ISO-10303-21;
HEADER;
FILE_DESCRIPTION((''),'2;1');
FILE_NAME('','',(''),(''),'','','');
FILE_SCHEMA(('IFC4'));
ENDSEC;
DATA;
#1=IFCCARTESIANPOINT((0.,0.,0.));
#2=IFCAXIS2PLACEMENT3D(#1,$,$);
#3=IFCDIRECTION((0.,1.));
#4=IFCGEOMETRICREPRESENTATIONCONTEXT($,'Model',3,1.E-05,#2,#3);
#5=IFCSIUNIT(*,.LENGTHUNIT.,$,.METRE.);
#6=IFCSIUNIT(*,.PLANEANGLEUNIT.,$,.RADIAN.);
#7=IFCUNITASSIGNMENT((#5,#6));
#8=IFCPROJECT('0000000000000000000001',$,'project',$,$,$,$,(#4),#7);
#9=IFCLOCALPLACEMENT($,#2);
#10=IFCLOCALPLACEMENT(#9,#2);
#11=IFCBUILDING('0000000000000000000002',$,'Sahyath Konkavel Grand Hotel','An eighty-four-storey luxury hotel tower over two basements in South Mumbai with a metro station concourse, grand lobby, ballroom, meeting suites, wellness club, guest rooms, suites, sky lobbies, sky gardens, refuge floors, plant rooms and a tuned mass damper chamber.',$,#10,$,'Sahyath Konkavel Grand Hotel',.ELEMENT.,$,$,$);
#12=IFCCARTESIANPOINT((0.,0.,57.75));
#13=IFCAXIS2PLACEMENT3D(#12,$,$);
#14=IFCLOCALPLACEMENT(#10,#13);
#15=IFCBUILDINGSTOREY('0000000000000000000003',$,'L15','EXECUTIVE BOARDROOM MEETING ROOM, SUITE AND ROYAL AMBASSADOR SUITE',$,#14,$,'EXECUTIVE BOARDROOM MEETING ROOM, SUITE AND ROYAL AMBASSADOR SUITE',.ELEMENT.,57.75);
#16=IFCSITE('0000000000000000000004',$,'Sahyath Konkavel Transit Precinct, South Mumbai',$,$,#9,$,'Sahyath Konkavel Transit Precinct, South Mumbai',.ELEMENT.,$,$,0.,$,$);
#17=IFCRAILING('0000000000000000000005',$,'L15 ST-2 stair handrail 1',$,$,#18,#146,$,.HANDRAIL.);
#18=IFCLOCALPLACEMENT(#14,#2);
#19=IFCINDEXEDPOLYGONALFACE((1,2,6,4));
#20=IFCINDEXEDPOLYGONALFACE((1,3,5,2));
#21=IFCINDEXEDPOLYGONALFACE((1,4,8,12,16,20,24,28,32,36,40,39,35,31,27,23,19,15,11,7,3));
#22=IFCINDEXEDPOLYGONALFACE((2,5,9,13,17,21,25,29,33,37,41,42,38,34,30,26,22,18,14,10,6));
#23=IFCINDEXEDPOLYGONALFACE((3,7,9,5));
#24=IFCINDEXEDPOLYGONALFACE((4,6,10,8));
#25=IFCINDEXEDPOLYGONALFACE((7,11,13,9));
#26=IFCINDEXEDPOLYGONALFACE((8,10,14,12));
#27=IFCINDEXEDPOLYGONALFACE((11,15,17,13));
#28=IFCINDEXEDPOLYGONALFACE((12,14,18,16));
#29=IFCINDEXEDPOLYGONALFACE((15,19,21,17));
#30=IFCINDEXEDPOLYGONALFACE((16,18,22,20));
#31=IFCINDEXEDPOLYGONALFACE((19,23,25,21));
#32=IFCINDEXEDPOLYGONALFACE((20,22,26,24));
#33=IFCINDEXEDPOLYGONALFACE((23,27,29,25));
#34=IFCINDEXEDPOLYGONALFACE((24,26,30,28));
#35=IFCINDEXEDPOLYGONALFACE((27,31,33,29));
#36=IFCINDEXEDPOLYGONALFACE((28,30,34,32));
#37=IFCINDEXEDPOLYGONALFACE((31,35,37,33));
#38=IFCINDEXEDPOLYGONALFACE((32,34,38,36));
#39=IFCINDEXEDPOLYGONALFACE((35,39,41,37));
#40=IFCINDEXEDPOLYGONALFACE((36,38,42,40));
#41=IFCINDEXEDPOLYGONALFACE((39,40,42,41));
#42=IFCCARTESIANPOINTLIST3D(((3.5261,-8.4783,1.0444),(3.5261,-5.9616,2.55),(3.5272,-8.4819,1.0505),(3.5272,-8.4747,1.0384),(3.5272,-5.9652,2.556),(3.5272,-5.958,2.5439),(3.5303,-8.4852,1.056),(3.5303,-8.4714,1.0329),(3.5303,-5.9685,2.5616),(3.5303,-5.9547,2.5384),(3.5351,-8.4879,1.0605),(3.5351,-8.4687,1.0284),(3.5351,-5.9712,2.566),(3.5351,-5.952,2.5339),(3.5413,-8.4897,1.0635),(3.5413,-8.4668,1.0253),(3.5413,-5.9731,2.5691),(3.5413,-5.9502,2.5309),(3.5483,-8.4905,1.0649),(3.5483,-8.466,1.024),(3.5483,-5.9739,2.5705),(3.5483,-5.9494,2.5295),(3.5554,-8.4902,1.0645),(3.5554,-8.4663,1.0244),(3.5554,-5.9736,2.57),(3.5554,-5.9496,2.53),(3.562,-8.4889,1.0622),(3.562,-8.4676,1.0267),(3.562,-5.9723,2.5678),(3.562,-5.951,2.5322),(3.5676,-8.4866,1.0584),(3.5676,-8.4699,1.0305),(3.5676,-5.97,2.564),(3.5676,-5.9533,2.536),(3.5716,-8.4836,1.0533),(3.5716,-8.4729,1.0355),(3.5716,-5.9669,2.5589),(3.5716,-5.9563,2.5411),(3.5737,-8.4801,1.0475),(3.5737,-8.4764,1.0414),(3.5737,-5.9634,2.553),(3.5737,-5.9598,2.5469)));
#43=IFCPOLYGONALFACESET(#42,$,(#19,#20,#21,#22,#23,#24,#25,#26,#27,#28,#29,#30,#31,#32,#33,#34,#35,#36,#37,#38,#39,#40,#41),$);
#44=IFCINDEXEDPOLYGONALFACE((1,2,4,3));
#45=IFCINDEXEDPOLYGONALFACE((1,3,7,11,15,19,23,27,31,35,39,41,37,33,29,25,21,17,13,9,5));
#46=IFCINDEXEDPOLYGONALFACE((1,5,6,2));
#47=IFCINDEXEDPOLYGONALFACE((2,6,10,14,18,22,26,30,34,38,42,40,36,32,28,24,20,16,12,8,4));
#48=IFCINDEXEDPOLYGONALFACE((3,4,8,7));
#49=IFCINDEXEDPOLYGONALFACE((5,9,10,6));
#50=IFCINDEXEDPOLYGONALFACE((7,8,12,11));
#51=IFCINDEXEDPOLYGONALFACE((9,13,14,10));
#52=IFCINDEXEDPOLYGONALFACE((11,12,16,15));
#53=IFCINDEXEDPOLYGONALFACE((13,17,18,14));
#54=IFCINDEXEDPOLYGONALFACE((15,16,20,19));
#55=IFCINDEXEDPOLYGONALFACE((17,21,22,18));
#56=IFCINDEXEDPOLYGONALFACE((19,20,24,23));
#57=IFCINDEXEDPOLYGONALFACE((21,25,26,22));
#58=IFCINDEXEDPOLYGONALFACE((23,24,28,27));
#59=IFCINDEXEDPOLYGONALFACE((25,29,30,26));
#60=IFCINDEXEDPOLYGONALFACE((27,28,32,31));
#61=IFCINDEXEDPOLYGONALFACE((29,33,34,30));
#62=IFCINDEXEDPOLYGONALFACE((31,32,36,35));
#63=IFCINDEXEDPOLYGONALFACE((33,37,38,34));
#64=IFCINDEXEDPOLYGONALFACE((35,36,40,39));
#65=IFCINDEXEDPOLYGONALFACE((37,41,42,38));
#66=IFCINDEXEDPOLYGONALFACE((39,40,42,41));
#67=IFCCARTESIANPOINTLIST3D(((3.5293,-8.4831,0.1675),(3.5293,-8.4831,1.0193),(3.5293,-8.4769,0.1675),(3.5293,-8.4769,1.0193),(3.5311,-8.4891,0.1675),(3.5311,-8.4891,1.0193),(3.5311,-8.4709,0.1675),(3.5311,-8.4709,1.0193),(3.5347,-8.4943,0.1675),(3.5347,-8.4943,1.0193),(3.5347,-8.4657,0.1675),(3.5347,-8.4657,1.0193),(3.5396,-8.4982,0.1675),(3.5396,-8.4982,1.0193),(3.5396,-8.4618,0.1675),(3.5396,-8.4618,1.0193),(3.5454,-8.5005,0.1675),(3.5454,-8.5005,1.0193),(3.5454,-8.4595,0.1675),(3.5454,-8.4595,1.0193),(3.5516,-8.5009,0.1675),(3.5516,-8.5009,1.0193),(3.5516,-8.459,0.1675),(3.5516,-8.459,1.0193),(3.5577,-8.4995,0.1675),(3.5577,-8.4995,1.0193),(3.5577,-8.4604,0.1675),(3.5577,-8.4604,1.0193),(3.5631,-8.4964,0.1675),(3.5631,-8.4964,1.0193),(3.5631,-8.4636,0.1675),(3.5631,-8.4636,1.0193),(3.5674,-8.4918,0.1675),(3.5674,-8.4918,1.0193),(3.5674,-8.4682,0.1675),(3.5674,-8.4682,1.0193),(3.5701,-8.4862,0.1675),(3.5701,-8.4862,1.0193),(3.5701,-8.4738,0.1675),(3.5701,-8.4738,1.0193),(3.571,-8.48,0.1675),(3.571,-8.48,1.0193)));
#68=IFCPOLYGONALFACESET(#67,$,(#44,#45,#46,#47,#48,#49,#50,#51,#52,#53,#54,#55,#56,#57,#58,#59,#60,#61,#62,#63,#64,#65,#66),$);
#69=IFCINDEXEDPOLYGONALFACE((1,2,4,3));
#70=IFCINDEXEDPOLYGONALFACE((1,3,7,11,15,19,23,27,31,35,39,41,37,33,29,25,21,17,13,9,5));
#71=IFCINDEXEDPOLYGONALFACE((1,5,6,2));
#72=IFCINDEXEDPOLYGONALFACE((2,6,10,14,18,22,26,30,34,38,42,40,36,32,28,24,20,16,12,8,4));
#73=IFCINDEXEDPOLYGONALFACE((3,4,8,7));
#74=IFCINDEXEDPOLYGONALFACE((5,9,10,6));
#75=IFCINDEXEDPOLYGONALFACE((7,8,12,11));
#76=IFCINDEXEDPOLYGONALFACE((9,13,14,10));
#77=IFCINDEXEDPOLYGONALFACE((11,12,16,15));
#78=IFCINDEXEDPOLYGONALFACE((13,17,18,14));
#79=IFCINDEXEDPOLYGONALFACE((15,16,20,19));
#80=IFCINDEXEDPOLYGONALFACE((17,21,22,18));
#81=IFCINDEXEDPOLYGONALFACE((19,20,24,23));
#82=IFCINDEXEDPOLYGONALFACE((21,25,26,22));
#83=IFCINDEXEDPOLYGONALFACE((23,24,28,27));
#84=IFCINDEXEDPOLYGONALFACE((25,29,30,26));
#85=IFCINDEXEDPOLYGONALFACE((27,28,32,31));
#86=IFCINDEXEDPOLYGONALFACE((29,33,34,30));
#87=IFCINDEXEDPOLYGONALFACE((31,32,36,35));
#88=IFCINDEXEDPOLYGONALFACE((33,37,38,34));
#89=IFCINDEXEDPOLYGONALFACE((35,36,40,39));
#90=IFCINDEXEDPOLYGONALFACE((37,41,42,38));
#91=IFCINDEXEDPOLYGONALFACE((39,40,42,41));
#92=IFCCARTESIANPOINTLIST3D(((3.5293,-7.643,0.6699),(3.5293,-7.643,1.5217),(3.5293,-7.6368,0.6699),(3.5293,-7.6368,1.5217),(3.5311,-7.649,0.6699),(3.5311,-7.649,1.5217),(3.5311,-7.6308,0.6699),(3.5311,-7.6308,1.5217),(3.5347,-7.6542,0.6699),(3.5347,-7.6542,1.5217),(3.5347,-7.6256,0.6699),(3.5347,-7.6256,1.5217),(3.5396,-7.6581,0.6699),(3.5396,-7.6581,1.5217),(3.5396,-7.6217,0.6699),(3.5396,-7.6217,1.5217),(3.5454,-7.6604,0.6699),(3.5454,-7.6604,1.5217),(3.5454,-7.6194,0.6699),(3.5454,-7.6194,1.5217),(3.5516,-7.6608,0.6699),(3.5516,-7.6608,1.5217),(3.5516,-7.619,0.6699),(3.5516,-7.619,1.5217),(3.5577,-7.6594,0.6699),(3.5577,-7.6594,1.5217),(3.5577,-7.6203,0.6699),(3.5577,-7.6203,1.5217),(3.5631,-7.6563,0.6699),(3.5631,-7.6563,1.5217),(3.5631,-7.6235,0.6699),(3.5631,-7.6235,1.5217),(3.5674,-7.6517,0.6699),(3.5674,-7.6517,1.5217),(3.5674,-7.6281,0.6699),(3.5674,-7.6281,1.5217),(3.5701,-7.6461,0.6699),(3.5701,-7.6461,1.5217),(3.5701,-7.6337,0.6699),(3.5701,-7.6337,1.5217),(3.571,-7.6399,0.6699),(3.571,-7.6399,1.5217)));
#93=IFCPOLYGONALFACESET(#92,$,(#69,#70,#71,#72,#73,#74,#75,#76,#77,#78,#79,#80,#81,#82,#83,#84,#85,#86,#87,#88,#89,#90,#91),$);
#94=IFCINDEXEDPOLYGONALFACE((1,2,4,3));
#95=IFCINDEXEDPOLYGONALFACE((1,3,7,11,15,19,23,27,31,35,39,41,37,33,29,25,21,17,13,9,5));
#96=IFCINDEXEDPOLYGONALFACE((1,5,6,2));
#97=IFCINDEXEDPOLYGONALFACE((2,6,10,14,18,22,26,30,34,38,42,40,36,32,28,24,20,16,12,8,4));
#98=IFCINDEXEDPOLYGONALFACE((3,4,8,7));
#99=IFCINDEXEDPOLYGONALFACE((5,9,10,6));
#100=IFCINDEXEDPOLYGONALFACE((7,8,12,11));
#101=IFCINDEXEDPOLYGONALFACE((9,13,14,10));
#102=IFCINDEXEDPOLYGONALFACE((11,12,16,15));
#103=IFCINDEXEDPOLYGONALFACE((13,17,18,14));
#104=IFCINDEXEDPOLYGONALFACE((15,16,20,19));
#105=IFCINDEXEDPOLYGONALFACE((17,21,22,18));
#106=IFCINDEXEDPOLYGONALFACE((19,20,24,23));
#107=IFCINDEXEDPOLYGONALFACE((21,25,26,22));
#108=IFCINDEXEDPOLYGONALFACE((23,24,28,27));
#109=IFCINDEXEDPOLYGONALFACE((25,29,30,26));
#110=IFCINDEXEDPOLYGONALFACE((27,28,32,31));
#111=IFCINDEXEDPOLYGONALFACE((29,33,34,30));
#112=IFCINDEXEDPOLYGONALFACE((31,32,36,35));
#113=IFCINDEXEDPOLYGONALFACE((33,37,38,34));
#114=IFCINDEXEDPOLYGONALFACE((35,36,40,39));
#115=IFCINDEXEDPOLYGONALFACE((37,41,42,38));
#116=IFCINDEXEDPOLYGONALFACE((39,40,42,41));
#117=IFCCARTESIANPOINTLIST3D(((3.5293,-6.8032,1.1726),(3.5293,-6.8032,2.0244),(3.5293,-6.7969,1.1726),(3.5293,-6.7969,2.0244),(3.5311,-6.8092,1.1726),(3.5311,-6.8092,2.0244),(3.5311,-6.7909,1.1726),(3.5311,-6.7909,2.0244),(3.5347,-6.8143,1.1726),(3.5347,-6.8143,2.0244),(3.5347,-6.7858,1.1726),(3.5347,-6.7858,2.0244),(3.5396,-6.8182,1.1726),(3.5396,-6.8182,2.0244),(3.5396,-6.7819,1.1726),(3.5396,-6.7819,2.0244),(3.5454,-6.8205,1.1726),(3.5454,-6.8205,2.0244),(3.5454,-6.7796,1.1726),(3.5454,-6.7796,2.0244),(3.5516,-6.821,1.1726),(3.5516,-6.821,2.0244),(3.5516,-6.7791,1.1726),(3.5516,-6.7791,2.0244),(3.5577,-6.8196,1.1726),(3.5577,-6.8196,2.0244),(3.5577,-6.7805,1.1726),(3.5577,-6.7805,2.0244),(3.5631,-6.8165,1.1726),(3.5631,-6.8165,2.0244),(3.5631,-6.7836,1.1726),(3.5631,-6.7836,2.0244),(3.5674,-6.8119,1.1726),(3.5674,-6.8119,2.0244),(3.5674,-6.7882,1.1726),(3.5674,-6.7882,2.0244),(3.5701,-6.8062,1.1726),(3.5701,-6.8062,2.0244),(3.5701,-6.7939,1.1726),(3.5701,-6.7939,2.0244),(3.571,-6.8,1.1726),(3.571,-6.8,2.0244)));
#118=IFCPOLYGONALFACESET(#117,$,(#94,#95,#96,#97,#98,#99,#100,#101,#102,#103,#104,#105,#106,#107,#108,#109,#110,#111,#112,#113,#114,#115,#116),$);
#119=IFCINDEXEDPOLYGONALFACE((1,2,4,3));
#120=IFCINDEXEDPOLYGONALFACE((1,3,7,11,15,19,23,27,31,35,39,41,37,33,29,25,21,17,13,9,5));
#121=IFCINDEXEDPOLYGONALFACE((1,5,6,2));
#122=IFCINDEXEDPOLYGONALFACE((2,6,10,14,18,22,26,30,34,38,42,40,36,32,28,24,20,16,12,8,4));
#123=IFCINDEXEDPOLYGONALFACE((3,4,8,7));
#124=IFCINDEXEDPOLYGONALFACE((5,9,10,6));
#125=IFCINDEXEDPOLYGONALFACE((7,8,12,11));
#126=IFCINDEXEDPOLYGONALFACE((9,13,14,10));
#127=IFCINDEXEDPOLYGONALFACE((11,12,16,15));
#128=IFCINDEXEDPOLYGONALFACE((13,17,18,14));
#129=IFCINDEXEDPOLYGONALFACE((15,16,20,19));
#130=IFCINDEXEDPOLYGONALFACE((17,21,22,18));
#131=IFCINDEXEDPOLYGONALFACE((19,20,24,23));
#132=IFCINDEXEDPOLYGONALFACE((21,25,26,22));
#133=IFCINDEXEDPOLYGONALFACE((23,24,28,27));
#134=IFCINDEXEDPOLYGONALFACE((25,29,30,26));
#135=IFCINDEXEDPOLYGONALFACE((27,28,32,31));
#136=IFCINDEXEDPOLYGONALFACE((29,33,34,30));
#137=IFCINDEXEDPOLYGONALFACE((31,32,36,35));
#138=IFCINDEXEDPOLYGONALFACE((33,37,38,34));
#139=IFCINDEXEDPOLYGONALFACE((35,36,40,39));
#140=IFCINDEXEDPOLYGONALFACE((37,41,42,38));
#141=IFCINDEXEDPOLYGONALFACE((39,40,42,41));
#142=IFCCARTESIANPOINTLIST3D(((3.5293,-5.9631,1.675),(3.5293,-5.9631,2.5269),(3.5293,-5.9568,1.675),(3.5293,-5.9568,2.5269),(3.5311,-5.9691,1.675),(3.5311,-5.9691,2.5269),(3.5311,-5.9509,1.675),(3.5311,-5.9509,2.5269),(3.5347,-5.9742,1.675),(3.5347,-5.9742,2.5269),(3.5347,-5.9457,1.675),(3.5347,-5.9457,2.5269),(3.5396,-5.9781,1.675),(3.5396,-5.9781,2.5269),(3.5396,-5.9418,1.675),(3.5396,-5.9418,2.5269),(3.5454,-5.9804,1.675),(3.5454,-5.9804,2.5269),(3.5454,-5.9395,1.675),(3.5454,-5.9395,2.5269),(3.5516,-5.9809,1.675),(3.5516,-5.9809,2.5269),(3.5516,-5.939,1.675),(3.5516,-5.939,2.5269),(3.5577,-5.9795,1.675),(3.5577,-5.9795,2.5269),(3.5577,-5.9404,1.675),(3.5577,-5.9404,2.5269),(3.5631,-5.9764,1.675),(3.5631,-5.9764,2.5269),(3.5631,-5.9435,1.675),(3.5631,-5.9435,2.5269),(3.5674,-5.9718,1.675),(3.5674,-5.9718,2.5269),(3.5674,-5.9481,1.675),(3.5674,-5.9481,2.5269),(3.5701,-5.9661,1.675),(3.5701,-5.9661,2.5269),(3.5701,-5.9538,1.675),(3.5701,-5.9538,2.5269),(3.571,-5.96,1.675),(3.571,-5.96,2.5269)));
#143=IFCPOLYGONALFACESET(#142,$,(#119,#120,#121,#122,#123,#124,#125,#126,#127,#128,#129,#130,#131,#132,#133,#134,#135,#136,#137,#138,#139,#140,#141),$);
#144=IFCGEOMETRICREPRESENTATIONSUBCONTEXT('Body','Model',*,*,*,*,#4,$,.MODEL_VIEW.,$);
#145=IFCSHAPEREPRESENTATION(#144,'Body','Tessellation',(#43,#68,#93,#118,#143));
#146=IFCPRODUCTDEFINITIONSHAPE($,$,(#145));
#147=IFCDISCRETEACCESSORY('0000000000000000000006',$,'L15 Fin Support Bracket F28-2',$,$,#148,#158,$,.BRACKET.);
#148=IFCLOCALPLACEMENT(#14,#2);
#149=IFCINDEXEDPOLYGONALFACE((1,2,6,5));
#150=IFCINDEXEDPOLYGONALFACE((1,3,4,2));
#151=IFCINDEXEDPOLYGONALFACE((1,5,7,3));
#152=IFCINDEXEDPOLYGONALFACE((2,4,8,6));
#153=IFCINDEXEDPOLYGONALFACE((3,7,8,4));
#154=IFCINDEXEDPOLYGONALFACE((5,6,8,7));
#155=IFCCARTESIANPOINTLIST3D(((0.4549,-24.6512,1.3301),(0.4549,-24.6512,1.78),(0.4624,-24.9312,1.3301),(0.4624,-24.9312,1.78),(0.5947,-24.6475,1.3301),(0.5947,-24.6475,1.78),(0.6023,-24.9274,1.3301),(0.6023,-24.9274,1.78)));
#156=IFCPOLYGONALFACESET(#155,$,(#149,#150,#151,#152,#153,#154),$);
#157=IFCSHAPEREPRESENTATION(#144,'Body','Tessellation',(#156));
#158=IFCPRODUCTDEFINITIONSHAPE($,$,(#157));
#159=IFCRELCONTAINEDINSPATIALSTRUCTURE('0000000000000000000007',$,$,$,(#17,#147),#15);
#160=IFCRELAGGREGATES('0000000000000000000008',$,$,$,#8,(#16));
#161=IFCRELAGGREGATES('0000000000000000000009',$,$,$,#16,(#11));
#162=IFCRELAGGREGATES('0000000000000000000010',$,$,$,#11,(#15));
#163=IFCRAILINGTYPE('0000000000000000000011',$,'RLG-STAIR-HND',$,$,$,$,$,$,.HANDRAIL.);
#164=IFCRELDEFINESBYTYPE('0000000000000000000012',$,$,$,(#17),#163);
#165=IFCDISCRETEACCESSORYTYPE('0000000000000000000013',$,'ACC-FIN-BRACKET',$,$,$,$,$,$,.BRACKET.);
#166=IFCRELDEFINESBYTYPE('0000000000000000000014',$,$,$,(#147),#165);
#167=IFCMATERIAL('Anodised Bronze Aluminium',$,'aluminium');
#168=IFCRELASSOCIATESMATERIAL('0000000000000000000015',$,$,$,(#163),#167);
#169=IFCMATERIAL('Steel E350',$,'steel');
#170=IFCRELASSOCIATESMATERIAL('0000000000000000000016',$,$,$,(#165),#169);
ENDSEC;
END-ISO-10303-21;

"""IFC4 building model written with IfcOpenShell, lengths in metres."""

from ifc_helpers import new_model, si_unit, direction, frame, origin, origin_2d, place, context, subcontext, project, spatial, rectangle, circle, extrude, source, transform, mapped, material, type_object, element, save


model = new_model("IFC4")

# Units and contexts
model_context = context("Model", 3, precision=1e-05, world=origin(), true_north=direction((0.0, 1.0)))
body_context = subcontext(model_context, "Body", "Model", "MODEL_VIEW")
ifc_project = project(units=[si_unit("LENGTHUNIT", "METRE"), si_unit("PLANEANGLEUNIT", "RADIAN")], contexts=[model_context])

# Site, building, storey
site_placement = place(None, origin())
site = spatial("IfcSite", under=ifc_project, at=site_placement, Name="Sahyath Konkavel Transit Precinct, South Mumbai", LongName="Sahyath Konkavel Transit Precinct, South Mumbai", CompositionType="ELEMENT", RefElevation=0.0)
building_placement = place(site_placement, origin())
building = spatial("IfcBuilding", under=site, at=building_placement, Name="Sahyath Konkavel Grand Hotel", Description="An eighty-four-storey luxury hotel tower over two basements in South Mumbai with a metro station concourse, grand lobby, ballroom, meeting suites, wellness club, guest rooms, suites, sky lobbies, sky gardens, refuge floors, plant rooms and a tuned mass damper chamber.", LongName="Sahyath Konkavel Grand Hotel", CompositionType="ELEMENT")
storey_placement = place(building_placement, frame((0.0, 0.0, 57.75)))
storey = spatial("IfcBuildingStorey", under=building, at=storey_placement, Name="L15", Description="EXECUTIVE BOARDROOM MEETING ROOM, SUITE AND ROYAL AMBASSADOR SUITE", LongName="EXECUTIVE BOARDROOM MEETING ROOM, SUITE AND ROYAL AMBASSADOR SUITE", CompositionType="ELEMENT", Elevation=57.75)

# Shared definitions
ifc_material_1 = material(Name="Steel E350", Category="steel")

# Shared definitions
ifc_material_2 = material(Name="Anodised Bronze Aluminium", Category="aluminium")

# Railing
railing_type_1 = type_object("IfcRailingType", Name="RLG-STAIR-HND", PredefinedType="HANDRAIL", material=ifc_material_2)
railing_1_placement = place(storey_placement, frame((3.55, -8.48, 0.1675)))
element("IfcRailing", 1, at=railing_1_placement, inside=storey, type_object=railing_type_1, Name="L15 ST-2 stair handrail 1", PredefinedType="HANDRAIL", context=body_context, shape_type="SweptSolid", body=[
    extrude(circle(Radius=0.0239, at=origin_2d()), frame((0.0, 0.0017, 0.877), z_axis=(0.0, 0.85816, 0.513383), x_axis=(-1.0, 0.0, 0.0)), (0.0, 0.0, 1.0), 2.9326),
    extrude(circle(Radius=0.021, at=origin_2d()), origin(), (0.0, 0.0, 1.0), 0.8518),
    extrude(circle(Radius=0.021, at=origin_2d()), frame((0.0, 0.8401, 0.5024)), (0.0, 0.0, 1.0), 0.8518),
    extrude(circle(Radius=0.021, at=origin_2d()), frame((0.0, 1.6799, 1.0051)), (0.0, 0.0, 1.0), 0.8518),
    extrude(circle(Radius=0.021, at=origin_2d()), frame((0.0, 2.52, 1.5076)), (0.0, 0.0, 1.0), 0.8518),
])

# Discrete accessory
discrete_accessory_type = type_object("IfcDiscreteAccessoryType", Name="ACC-FIN-BRACKET", PredefinedType="BRACKET", material=ifc_material_1)
shared_shape_1 = source(origin(), body_context, "Body", "SweptSolid", [
    extrude(rectangle(XDim=0.28, YDim=0.1399, at=origin_2d()), origin(), (0.0, 0.0, 1.0), 0.45),
])
discrete_accessory_placement = place(storey_placement, frame((0.5286, -24.7893, 1.3301), z_axis=(0.0, 0.0, 1.0), x_axis=(0.02691, -0.999638, 0.0)))
element("IfcDiscreteAccessory", 2, at=discrete_accessory_placement, inside=storey, type_object=discrete_accessory_type, Name="L15 Fin Support Bracket F28-2", PredefinedType="BRACKET", context=body_context, shape_type="MappedRepresentation", body=[
    mapped(shared_shape_1, transform((0.0, 0.0, 0.0), scale=1.0)),
])

save(model, "model.ifc")
